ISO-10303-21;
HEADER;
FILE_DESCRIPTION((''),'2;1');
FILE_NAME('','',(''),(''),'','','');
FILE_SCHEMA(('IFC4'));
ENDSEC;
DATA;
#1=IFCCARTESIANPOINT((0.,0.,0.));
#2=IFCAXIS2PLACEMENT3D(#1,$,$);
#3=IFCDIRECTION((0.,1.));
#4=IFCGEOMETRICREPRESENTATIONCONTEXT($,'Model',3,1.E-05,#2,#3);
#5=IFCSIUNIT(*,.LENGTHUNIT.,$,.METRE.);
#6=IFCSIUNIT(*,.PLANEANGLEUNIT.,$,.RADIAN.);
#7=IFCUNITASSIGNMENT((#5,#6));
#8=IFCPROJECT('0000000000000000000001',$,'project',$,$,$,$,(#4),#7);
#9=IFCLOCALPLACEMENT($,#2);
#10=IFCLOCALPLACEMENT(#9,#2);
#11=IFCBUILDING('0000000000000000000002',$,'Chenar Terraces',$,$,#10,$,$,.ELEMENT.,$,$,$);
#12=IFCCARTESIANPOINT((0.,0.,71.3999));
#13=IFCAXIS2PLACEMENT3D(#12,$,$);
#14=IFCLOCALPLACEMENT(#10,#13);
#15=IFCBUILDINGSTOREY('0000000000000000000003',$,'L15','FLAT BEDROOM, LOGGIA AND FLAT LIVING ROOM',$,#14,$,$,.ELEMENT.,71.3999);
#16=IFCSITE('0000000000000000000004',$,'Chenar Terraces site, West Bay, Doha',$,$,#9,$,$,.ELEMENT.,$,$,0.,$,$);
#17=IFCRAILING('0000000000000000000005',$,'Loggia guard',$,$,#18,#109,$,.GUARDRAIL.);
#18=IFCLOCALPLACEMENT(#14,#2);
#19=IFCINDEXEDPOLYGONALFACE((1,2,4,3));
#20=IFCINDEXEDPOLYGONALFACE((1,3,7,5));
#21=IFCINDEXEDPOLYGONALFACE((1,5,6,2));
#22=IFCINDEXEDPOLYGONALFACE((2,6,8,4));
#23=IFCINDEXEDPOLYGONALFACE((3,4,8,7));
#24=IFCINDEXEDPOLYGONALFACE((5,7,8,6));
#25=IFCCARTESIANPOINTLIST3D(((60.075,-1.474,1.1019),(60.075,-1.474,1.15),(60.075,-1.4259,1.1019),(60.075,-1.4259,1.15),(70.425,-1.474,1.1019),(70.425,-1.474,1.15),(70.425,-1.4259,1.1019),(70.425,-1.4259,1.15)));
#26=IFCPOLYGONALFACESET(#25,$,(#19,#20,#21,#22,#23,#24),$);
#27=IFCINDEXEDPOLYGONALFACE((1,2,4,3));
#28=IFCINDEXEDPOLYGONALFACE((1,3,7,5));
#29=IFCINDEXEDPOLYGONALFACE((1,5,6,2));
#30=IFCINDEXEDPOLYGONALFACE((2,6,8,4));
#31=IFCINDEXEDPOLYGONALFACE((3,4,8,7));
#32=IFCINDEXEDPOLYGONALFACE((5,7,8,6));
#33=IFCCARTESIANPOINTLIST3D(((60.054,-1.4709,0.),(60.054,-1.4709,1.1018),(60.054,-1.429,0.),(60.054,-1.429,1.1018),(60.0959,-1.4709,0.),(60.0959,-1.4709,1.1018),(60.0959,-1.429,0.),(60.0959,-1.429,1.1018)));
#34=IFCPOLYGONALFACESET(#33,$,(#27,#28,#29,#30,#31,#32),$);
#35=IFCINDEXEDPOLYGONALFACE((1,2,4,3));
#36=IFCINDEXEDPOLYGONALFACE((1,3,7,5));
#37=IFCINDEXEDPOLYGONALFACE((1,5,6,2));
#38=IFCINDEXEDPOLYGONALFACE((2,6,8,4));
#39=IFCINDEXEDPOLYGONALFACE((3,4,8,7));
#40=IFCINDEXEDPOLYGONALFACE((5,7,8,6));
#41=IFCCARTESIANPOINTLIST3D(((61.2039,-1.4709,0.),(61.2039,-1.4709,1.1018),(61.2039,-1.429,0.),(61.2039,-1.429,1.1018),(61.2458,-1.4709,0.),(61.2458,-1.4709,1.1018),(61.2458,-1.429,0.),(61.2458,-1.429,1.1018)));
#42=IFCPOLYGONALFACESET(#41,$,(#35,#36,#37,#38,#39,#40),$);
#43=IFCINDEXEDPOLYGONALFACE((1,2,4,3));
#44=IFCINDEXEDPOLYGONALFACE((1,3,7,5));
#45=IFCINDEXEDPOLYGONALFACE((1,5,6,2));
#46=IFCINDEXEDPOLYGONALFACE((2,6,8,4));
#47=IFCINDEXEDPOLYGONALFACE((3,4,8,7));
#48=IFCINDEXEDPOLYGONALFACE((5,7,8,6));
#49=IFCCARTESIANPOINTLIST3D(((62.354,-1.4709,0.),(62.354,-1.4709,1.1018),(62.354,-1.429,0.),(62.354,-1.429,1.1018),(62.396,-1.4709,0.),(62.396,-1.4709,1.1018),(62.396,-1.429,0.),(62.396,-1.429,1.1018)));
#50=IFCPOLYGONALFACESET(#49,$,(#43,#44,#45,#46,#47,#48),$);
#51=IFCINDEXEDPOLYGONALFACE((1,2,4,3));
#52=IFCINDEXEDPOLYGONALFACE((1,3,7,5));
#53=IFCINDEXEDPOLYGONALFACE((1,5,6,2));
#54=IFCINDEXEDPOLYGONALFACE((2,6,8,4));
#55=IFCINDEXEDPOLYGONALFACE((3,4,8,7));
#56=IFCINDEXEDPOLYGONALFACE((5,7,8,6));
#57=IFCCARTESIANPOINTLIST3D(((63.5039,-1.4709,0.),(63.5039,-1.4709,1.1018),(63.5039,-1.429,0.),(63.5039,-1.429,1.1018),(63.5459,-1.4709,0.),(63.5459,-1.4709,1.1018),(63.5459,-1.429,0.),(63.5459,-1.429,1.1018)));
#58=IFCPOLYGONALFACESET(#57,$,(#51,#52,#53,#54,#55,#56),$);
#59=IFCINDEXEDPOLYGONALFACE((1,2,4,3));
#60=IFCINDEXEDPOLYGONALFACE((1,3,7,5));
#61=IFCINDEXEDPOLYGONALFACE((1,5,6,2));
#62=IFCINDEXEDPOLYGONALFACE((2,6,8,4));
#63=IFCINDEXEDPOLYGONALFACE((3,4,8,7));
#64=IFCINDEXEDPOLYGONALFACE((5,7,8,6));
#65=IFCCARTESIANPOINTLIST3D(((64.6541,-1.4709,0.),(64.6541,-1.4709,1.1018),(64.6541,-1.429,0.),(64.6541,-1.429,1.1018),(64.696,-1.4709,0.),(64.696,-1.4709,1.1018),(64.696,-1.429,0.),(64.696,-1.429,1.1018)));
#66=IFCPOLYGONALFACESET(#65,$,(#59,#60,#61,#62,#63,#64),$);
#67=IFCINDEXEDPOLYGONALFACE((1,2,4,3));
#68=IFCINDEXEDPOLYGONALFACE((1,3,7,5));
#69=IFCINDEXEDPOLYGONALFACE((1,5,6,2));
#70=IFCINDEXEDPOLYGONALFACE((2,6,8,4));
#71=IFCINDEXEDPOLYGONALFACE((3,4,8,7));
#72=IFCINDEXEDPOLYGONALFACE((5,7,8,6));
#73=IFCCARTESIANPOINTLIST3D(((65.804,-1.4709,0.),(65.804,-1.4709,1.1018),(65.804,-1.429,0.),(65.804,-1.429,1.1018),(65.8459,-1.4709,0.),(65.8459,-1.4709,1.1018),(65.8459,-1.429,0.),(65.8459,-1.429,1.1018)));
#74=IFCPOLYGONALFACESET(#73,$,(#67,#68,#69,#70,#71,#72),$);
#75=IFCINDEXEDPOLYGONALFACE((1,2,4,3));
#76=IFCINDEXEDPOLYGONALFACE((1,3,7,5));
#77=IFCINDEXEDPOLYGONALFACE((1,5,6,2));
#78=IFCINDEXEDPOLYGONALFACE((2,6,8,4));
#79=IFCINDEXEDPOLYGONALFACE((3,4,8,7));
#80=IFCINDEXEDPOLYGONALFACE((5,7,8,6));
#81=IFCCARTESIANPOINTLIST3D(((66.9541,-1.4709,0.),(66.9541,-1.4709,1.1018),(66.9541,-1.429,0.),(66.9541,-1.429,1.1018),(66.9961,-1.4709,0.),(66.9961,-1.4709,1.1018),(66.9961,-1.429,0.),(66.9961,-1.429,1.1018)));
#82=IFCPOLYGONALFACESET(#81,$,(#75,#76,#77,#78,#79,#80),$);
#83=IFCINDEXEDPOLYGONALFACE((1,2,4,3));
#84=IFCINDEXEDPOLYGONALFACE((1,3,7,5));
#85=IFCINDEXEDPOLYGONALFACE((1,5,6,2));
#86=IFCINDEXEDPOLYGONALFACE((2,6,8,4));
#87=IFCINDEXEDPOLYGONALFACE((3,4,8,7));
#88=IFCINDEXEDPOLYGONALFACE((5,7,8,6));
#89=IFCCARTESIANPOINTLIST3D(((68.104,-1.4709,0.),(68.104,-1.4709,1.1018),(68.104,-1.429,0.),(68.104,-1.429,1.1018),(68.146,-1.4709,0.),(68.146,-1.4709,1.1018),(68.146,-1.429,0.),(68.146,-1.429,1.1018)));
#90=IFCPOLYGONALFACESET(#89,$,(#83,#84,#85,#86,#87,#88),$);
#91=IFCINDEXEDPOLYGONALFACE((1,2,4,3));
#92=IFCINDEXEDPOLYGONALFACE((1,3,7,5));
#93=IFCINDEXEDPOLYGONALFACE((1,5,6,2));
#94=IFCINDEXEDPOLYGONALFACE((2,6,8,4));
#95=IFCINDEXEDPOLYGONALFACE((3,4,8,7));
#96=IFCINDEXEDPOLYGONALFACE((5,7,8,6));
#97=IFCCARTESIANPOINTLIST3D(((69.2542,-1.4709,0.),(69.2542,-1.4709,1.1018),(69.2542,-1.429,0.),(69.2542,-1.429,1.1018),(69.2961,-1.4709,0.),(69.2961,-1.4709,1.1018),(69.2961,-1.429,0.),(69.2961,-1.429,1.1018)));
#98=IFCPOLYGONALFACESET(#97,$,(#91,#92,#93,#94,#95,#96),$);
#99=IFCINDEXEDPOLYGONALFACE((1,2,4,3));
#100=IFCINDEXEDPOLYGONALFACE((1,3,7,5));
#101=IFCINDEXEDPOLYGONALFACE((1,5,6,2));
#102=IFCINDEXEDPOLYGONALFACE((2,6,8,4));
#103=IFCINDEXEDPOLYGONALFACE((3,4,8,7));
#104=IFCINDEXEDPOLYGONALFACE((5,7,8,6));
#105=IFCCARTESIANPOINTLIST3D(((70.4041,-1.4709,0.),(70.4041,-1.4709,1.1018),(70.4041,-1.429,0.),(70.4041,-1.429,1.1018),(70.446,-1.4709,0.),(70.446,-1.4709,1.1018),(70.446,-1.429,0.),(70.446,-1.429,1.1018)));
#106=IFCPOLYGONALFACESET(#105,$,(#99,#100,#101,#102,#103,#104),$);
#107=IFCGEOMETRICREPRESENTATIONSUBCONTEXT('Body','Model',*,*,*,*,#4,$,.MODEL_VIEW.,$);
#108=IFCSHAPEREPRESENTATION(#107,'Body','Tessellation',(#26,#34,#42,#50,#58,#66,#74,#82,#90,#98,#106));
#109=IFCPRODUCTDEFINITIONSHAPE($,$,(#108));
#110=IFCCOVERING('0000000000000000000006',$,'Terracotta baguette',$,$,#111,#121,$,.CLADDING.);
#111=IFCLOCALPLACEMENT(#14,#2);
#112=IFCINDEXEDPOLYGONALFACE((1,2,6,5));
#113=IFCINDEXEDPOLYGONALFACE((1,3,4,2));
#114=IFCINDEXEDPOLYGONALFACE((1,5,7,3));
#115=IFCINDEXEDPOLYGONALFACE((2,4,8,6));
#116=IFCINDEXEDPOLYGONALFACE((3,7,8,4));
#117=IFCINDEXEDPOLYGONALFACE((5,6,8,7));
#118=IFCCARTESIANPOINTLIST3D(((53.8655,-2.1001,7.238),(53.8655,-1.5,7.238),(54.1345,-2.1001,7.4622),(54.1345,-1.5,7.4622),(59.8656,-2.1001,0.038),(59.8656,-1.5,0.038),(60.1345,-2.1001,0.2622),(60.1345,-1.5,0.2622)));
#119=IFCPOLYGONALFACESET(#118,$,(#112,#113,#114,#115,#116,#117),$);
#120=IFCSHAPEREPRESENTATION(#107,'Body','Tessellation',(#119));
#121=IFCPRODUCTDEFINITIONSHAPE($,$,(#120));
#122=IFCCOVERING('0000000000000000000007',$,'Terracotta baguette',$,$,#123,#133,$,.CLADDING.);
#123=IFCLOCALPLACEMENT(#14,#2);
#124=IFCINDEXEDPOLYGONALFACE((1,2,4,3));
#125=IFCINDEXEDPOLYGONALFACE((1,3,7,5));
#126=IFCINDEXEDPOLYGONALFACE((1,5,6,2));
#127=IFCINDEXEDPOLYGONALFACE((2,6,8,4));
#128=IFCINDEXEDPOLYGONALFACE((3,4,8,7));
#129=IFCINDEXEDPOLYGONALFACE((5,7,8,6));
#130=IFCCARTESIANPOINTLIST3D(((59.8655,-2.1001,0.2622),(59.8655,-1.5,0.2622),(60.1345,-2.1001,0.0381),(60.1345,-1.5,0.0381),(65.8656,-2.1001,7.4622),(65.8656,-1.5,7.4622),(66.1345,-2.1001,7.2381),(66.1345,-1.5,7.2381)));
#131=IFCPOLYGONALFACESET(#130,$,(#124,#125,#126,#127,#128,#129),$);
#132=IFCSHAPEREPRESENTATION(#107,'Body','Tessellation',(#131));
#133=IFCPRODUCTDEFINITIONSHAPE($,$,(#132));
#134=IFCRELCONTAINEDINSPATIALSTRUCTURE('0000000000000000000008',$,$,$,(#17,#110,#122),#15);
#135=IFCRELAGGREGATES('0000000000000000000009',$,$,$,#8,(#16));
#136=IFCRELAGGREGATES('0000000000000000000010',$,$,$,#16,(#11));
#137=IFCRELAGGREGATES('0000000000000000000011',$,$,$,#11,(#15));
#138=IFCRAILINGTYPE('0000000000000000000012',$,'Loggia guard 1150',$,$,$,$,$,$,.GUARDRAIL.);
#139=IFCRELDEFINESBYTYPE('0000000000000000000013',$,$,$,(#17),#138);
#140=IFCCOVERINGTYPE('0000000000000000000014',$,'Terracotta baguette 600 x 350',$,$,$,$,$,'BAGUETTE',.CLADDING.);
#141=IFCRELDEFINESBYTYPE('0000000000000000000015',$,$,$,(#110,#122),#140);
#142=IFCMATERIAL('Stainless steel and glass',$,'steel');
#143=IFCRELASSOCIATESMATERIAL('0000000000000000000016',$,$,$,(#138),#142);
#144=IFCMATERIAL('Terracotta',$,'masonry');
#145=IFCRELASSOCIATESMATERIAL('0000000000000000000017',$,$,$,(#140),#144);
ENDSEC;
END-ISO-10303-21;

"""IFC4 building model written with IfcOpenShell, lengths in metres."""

from ifc_helpers import new_model, si_unit, direction, frame, origin, origin_2d, place, context, subcontext, project, spatial, rectangle, extrude, material, material_profile, profile_set, type_object, element, save


model = new_model("IFC4")

# Units and contexts
model_context = context("Model", 3, precision=1e-05, world=origin(), true_north=direction((0.0, 1.0)))
body_context = subcontext(model_context, "Body", "Model", "MODEL_VIEW")
ifc_project = project(units=[si_unit("LENGTHUNIT", "METRE"), si_unit("PLANEANGLEUNIT", "RADIAN")], contexts=[model_context])

# Site, building, storey
site_placement = place(None, origin())
site = spatial("IfcSite", under=ifc_project, at=site_placement, Name="Chenar Terraces site, West Bay, Doha", CompositionType="ELEMENT", RefElevation=0.0)
building_placement = place(site_placement, origin())
building = spatial("IfcBuilding", under=site, at=building_placement, Name="Chenar Terraces", CompositionType="ELEMENT")
storey_placement = place(building_placement, frame((0.0, 0.0, 71.3999)))
storey = spatial("IfcBuildingStorey", under=building, at=storey_placement, Name="L15", Description="FLAT BEDROOM, LOGGIA AND FLAT LIVING ROOM", CompositionType="ELEMENT", Elevation=71.3999)

# Railing
ifc_material_1 = material(Name="Stainless steel and glass", Category="steel")
railing_type = type_object("IfcRailingType", Name="Loggia guard 1150", PredefinedType="GUARDRAIL", material=ifc_material_1)
railing_placement = place(storey_placement, frame((60.075, -1.45, 0.0)))
element("IfcRailing", 1, at=railing_placement, inside=storey, type_object=railing_type, Name="Loggia guard", PredefinedType="GUARDRAIL", context=body_context, shape_type="SweptSolid", body=[
    extrude(rectangle(XDim=0.0481, YDim=0.0481, at=origin_2d()), frame((0.0, 0.0, 1.126), z_axis=(1.0, 0.0, 0.0), x_axis=(0.0, 1.0, 0.0)), (0.0, 0.0, 1.0), 10.3501),
    extrude(rectangle(XDim=0.042, YDim=0.042, at=origin_2d()), origin(), (0.0, 0.0, 1.0), 1.1018),
    extrude(rectangle(XDim=0.042, YDim=0.042, at=origin_2d()), frame((1.1499, 0.0, 0.0)), (0.0, 0.0, 1.0), 1.1018),
    extrude(rectangle(XDim=0.042, YDim=0.042, at=origin_2d()), frame((2.3, 0.0, 0.0)), (0.0, 0.0, 1.0), 1.1018),
    extrude(rectangle(XDim=0.042, YDim=0.042, at=origin_2d()), frame((3.45, 0.0, 0.0)), (0.0, 0.0, 1.0), 1.1018),
    extrude(rectangle(XDim=0.042, YDim=0.042, at=origin_2d()), frame((4.6001, 0.0, 0.0)), (0.0, 0.0, 1.0), 1.1018),
    extrude(rectangle(XDim=0.042, YDim=0.042, at=origin_2d()), frame((5.75, 0.0, 0.0)), (0.0, 0.0, 1.0), 1.1018),
    extrude(rectangle(XDim=0.042, YDim=0.042, at=origin_2d()), frame((6.9001, 0.0, 0.0)), (0.0, 0.0, 1.0), 1.1018),
    extrude(rectangle(XDim=0.042, YDim=0.042, at=origin_2d()), frame((8.05, 0.0, 0.0)), (0.0, 0.0, 1.0), 1.1018),
    extrude(rectangle(XDim=0.042, YDim=0.042, at=origin_2d()), frame((9.2002, 0.0, 0.0)), (0.0, 0.0, 1.0), 1.1018),
    extrude(rectangle(XDim=0.042, YDim=0.042, at=origin_2d()), frame((10.3501, 0.0, 0.0)), (0.0, 0.0, 1.0), 1.1018),
])

# Coverings
ifc_material_2 = material(Name="Terracotta", Category="masonry")
ifc_material_profile_1 = material_profile(ifc_material_2, rectangle(XDim=0.6001, YDim=0.3501, at=origin_2d()), Name="Terracotta baguette 600 x 350")
ifc_profile_set_1 = profile_set([ifc_material_profile_1], Name="Terracotta")
covering_type = type_object("IfcCoveringType", Name="Terracotta baguette 600 x 350", ElementType="BAGUETTE", PredefinedType="CLADDING", material=ifc_profile_set_1)
for number, where, z_axis, x_axis, name in (
    (2, (54.0, -1.8, 7.3501), (0.640187, 0.0, -0.768219), (0.0, 1.0, 0.0), "Terracotta baguette"),
    (3, (60.0, -1.8, 0.1501), (0.640187, 0.0, 0.768219), (0.0, 1.0, 0.0), "Terracotta baguette"),
):
    element("IfcCovering", number, at=place(storey_placement, frame(where, z_axis=z_axis, x_axis=x_axis)), inside=storey, type_object=covering_type, Name=name, PredefinedType="CLADDING", context=body_context, shape_type="SweptSolid", body=[
        extrude(rectangle(XDim=0.6001, YDim=0.3501, at=origin_2d()), origin(), (0.0, 0.0, 1.0), 9.3723),
    ])

save(model, "model.ifc")
